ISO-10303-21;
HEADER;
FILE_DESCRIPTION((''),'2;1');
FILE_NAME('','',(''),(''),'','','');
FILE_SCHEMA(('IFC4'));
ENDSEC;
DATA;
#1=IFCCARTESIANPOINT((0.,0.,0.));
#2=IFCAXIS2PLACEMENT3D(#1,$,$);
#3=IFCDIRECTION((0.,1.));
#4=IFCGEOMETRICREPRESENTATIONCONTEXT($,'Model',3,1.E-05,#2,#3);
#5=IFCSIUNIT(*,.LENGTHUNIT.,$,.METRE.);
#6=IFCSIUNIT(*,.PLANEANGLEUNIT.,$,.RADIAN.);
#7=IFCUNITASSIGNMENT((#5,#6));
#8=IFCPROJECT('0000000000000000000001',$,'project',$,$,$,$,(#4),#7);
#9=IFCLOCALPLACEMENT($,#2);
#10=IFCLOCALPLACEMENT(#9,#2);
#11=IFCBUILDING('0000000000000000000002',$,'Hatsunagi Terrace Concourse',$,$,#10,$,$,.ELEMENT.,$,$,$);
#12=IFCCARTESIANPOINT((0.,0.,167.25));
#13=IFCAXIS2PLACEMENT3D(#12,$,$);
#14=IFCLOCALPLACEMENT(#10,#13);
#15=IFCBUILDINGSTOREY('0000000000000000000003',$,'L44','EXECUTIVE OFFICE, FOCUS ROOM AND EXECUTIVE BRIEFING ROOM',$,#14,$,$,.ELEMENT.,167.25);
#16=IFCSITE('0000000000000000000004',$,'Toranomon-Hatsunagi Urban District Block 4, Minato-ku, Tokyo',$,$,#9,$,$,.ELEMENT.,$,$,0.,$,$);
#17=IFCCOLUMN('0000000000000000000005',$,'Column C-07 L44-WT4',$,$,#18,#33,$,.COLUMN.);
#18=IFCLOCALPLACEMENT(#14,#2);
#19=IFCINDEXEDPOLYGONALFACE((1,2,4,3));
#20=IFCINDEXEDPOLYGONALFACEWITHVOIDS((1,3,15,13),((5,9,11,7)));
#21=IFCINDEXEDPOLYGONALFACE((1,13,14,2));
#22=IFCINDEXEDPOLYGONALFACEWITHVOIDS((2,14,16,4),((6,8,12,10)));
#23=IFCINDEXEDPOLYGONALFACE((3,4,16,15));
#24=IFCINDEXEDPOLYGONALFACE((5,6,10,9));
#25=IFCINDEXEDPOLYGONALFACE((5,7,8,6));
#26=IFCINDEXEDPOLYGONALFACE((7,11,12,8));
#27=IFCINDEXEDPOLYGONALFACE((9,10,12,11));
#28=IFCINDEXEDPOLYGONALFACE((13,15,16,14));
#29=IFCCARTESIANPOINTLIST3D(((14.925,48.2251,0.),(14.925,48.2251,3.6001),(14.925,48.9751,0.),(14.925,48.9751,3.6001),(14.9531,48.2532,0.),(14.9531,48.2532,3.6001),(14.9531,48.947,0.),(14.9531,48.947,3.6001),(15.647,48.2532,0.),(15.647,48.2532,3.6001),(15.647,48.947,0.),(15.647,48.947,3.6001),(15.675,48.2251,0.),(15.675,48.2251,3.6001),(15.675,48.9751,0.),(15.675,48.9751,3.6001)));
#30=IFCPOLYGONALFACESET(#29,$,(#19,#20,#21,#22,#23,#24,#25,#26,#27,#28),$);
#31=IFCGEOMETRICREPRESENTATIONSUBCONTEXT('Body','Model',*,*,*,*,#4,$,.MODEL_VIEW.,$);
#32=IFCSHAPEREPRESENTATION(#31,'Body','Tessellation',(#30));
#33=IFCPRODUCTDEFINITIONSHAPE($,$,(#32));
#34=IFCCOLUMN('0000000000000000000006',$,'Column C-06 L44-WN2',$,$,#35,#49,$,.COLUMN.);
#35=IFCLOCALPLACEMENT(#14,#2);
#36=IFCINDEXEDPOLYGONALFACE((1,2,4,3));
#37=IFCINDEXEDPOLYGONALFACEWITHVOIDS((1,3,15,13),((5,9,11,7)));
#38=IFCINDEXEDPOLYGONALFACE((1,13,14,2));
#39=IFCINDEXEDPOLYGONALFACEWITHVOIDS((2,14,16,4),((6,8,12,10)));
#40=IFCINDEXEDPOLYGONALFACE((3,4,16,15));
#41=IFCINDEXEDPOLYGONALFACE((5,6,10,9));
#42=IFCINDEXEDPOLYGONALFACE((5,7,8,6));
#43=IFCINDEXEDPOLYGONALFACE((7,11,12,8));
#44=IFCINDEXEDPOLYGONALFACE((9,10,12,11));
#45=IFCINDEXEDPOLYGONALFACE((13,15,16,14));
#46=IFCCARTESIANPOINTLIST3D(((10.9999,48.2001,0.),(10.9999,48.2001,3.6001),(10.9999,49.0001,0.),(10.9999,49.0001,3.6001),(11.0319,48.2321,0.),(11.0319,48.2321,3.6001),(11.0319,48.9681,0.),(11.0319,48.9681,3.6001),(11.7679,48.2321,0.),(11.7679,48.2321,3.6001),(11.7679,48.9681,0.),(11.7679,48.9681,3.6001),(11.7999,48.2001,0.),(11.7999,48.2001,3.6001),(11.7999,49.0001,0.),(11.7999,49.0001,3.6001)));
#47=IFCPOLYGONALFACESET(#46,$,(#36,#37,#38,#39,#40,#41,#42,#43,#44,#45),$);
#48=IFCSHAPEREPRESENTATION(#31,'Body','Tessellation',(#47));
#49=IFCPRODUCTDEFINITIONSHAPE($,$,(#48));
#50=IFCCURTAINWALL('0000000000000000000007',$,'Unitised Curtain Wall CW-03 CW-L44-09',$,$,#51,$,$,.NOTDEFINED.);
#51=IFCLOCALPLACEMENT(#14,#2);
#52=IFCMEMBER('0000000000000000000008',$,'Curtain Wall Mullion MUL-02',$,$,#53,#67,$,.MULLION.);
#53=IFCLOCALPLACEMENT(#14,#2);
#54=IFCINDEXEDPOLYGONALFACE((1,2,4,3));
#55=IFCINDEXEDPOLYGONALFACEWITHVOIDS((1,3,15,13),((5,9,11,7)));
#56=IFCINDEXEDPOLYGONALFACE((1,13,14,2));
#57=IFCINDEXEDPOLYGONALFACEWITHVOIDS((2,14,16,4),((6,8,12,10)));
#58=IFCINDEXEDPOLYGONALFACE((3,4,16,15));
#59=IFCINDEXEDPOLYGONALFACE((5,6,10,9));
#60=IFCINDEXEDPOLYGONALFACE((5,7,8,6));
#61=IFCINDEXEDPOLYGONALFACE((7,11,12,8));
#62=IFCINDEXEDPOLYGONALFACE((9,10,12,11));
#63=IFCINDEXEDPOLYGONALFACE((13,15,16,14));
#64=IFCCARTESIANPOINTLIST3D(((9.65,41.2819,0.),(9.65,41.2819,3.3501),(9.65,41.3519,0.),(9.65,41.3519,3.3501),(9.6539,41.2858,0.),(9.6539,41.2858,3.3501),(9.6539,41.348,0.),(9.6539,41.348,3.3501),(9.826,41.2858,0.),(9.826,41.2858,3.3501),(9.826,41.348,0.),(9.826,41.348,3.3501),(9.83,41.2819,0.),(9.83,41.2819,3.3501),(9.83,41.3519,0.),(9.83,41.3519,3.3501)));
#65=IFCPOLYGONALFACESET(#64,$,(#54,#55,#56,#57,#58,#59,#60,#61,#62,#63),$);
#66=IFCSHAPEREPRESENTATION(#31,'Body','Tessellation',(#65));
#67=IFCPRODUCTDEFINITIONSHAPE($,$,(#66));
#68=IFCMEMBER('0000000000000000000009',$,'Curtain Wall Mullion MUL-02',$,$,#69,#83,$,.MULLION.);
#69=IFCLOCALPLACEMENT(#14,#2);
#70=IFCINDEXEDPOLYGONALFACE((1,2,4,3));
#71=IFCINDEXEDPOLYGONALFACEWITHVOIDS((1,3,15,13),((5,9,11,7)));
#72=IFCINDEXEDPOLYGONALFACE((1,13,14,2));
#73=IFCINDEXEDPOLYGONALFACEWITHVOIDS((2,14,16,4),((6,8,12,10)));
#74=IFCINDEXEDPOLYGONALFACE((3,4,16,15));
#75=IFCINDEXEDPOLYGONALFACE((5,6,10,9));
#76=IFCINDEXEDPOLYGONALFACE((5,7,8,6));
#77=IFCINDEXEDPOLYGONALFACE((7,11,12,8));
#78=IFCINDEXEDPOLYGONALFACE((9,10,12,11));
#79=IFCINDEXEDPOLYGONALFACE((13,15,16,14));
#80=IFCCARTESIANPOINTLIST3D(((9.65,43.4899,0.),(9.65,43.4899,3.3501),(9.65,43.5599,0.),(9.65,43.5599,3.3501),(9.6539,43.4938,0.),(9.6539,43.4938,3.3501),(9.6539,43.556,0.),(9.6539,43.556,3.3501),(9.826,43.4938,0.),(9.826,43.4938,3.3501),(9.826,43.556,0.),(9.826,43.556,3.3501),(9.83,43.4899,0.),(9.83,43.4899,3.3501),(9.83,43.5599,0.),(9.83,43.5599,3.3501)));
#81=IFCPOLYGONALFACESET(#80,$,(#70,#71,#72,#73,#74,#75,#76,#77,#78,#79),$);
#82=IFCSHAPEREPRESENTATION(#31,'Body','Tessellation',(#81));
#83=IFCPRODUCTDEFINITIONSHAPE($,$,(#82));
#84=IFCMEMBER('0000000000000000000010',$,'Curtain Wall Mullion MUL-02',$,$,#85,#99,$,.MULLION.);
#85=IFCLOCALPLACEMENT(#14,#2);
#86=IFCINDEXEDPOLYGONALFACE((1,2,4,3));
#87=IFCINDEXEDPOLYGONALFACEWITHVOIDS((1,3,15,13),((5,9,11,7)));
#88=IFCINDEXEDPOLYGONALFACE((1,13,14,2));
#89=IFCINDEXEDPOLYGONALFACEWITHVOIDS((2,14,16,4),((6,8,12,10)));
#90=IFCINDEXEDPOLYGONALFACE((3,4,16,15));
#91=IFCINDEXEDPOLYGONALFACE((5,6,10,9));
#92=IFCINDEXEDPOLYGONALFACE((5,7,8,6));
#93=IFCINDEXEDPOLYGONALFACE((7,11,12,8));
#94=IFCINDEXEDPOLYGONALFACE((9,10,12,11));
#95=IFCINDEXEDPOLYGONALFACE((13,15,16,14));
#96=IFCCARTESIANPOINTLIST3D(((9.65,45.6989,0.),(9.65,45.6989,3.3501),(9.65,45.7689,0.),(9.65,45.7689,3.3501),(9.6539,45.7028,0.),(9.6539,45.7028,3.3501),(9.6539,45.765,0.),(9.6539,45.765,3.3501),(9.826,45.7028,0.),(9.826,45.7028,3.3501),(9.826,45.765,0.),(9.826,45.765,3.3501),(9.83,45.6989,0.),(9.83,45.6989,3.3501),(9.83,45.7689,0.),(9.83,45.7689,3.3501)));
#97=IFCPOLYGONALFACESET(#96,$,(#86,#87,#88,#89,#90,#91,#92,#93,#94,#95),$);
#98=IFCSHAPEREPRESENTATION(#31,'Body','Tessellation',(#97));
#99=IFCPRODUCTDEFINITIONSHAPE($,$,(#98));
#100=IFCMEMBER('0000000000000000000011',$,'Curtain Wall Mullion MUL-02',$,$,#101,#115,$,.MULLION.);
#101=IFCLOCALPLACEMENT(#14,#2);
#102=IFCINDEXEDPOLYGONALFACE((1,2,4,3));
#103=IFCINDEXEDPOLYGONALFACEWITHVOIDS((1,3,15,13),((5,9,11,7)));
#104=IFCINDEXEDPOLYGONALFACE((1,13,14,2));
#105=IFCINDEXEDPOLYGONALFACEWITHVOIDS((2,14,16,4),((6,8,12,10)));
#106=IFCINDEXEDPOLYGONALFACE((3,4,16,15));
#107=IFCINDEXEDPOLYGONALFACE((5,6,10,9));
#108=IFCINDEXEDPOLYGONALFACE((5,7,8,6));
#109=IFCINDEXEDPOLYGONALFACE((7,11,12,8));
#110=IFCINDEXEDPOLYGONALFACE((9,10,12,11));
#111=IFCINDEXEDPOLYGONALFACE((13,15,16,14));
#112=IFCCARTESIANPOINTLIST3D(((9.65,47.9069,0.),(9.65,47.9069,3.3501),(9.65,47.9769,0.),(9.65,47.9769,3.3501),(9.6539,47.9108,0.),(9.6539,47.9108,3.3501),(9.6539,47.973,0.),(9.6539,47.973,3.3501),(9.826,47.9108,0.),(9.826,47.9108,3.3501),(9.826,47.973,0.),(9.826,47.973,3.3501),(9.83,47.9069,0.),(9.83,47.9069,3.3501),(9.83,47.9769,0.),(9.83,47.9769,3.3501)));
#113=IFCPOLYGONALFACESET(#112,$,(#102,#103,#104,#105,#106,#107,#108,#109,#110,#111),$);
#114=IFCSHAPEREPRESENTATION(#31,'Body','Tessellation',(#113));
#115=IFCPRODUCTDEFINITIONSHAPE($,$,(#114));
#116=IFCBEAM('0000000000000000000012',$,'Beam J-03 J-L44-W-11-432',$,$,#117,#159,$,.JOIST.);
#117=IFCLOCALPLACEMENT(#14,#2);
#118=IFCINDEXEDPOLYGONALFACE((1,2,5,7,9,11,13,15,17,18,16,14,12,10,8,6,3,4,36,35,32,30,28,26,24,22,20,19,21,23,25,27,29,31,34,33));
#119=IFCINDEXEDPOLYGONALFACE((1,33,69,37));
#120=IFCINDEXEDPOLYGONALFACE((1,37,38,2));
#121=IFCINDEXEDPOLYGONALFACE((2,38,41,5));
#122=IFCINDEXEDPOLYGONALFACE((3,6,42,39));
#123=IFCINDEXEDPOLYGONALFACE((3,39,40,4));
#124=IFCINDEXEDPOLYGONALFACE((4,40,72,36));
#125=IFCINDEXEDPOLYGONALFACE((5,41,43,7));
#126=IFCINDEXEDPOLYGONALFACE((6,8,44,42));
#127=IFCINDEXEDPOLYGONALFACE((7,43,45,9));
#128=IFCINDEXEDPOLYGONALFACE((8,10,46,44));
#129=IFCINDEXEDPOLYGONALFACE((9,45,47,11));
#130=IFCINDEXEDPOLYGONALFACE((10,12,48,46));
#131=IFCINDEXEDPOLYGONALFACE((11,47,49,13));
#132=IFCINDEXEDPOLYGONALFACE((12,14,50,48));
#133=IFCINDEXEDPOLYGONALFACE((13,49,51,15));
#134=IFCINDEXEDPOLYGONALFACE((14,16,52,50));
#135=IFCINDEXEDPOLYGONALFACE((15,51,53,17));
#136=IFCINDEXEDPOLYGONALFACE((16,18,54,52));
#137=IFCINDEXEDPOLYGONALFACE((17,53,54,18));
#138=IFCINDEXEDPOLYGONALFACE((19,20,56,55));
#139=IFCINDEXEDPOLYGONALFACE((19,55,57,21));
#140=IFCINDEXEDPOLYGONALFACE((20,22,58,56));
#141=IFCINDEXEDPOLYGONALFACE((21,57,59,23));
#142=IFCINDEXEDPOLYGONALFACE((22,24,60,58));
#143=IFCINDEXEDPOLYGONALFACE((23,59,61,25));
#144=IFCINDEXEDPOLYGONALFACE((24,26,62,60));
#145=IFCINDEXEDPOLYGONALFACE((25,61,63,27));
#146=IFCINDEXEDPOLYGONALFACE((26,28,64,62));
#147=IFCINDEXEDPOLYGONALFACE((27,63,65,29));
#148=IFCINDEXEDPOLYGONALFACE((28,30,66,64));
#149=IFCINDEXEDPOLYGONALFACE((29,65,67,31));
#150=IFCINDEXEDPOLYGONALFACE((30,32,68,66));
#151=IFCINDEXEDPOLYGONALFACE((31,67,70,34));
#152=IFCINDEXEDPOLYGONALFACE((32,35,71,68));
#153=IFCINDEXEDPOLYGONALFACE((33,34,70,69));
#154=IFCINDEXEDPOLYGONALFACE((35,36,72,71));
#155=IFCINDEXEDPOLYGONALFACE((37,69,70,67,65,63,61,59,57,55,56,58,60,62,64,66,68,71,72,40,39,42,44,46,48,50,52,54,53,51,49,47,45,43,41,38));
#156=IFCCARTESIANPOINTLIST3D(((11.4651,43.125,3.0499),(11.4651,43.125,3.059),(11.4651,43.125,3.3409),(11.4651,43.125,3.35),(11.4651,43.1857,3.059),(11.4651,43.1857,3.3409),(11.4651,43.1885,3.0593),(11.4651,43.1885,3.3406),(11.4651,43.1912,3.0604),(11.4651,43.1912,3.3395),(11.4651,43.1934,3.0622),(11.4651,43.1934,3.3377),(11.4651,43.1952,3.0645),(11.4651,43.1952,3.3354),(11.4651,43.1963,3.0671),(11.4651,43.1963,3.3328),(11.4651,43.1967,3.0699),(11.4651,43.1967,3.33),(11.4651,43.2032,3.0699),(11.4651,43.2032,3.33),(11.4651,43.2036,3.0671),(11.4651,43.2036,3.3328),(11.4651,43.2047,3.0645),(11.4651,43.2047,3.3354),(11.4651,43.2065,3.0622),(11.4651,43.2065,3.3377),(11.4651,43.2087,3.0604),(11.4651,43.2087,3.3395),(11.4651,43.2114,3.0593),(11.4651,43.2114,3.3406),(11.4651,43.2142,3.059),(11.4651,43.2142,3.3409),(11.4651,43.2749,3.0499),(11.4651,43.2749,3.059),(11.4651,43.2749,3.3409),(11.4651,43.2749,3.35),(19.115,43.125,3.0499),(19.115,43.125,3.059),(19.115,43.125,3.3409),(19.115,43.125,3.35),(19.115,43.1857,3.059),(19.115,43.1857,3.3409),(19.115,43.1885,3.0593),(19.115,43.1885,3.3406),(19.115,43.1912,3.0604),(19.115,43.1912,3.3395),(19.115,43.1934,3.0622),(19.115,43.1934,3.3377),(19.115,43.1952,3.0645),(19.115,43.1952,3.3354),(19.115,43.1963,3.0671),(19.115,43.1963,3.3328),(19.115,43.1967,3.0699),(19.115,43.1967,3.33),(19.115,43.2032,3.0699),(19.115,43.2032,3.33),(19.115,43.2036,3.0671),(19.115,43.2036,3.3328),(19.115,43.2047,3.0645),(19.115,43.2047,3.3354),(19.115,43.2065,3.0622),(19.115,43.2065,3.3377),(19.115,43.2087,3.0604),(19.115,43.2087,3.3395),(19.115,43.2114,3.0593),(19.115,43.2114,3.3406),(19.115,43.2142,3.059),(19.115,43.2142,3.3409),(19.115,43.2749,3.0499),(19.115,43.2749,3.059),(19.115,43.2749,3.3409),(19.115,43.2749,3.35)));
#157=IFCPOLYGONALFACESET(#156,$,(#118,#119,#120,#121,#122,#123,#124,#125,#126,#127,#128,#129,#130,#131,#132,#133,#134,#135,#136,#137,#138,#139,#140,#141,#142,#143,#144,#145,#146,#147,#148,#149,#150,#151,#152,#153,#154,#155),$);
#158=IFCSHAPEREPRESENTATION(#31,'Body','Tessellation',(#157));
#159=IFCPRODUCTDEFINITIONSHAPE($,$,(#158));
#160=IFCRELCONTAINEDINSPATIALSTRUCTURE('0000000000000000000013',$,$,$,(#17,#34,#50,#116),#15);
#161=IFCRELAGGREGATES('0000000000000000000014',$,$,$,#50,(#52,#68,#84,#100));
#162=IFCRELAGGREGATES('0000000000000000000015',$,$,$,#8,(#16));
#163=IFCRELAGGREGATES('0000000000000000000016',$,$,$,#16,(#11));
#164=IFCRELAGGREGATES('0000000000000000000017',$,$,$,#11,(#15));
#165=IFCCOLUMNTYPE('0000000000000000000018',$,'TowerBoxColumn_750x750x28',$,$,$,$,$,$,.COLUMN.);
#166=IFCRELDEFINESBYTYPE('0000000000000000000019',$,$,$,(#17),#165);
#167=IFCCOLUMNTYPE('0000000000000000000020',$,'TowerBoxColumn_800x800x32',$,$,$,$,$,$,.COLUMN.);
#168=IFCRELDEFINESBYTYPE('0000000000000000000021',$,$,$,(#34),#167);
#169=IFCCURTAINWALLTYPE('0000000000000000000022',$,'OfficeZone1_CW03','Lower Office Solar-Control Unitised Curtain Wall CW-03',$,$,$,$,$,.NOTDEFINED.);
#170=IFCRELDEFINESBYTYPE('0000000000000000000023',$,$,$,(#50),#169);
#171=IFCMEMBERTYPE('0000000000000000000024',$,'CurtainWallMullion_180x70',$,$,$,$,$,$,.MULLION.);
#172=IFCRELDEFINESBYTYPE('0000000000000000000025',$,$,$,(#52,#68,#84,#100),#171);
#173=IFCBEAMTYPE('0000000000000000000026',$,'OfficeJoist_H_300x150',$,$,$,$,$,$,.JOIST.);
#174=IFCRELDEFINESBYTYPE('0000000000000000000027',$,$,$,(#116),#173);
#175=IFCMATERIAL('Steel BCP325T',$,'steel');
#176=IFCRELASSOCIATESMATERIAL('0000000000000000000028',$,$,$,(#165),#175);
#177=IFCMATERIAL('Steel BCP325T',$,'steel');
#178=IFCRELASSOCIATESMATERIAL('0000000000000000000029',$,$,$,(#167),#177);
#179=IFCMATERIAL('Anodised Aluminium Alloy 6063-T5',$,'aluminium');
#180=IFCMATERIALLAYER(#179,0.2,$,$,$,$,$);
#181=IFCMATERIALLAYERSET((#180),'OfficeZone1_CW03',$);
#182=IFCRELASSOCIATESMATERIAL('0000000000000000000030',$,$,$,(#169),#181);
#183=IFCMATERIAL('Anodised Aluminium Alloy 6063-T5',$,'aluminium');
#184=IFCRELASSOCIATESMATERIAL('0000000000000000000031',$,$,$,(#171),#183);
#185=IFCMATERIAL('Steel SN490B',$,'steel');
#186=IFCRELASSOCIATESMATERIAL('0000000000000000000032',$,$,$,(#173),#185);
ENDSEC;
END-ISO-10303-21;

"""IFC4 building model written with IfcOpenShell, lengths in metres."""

from ifc_helpers import new_model, si_unit, direction, frame, origin, origin_2d, place, context, subcontext, project, spatial, hollow_rectangle, i_section, extrude, material, layer, layer_set, material_profile, profile_set, type_object, element, aggregate, save


model = new_model("IFC4")

# Units and contexts
model_context = context("Model", 3, precision=1e-05, world=origin(), true_north=direction((0.0, 1.0)))
body_context = subcontext(model_context, "Body", "Model", "MODEL_VIEW")
ifc_project = project(units=[si_unit("LENGTHUNIT", "METRE"), si_unit("PLANEANGLEUNIT", "RADIAN")], contexts=[model_context])

# Site, building, storey
site_placement = place(None, origin())
site = spatial("IfcSite", under=ifc_project, at=site_placement, Name="Toranomon-Hatsunagi Urban District Block 4, Minato-ku, Tokyo", CompositionType="ELEMENT", RefElevation=0.0)
building_placement = place(site_placement, origin())
building = spatial("IfcBuilding", under=site, at=building_placement, Name="Hatsunagi Terrace Concourse", CompositionType="ELEMENT")
storey_placement = place(building_placement, frame((0.0, 0.0, 167.25)))
storey = spatial("IfcBuildingStorey", under=building, at=storey_placement, Name="L44", Description="EXECUTIVE OFFICE, FOCUS ROOM AND EXECUTIVE BRIEFING ROOM", CompositionType="ELEMENT", Elevation=167.25)

# Columns
ifc_material_1 = material(Name="Steel BCP325T", Category="steel")
ifc_material_profile_1 = material_profile(ifc_material_1, hollow_rectangle(XDim=0.75, YDim=0.75, WallThickness=0.0281, at=origin_2d()), Name="BCP-750x750x28")
ifc_profile_set_1 = profile_set([ifc_material_profile_1], Name="Steel BCP325T")
column_type_1 = type_object("IfcColumnType", Name="TowerBoxColumn_750x750x28", PredefinedType="COLUMN", material=ifc_profile_set_1)
column_1_placement = place(storey_placement, frame((15.3, 48.6001, 0.0), z_axis=(0.0, 0.0, 1.0), x_axis=(1.0, 0.0, 0.0)))
element("IfcColumn", 1, at=column_1_placement, inside=storey, type_object=column_type_1, Name="Column C-07 L44-WT4", PredefinedType="COLUMN", context=body_context, shape_type="SweptSolid", body=[
    extrude(hollow_rectangle(XDim=0.75, YDim=0.75, WallThickness=0.0281, at=origin_2d()), origin(), (0.0, 0.0, 1.0), 3.6001),
])
ifc_material_2 = material(Name="Steel BCP325T", Category="steel")
ifc_material_profile_2 = material_profile(ifc_material_2, hollow_rectangle(XDim=0.8, YDim=0.8, WallThickness=0.032, at=origin_2d()), Name="BCP-800x800x32")
ifc_profile_set_2 = profile_set([ifc_material_profile_2], Name="Steel BCP325T")
column_type_2 = type_object("IfcColumnType", Name="TowerBoxColumn_800x800x32", PredefinedType="COLUMN", material=ifc_profile_set_2)
column_2_placement = place(storey_placement, frame((11.3999, 48.6001, 0.0), z_axis=(0.0, 0.0, 1.0), x_axis=(1.0, 0.0, 0.0)))
element("IfcColumn", 2, at=column_2_placement, inside=storey, type_object=column_type_2, Name="Column C-06 L44-WN2", PredefinedType="COLUMN", context=body_context, shape_type="SweptSolid", body=[
    extrude(hollow_rectangle(XDim=0.8, YDim=0.8, WallThickness=0.032, at=origin_2d()), origin(), (0.0, 0.0, 1.0), 3.6001),
])

# Curtain wall, members
ifc_material_3 = material(Name="Anodised Aluminium Alloy 6063-T5", Category="aluminium")
ifc_layer_1 = layer(ifc_material_3, 0.2)
ifc_layer_set_1 = layer_set([ifc_layer_1], Name="OfficeZone1_CW03")
curtain_wall_type = type_object("IfcCurtainWallType", Name="OfficeZone1_CW03", Description="Lower Office Solar-Control Unitised Curtain Wall CW-03", PredefinedType="NOTDEFINED", material=ifc_layer_set_1)
curtain_wall_placement = place(storey_placement, origin())
curtain_wall = element("IfcCurtainWall", 3, at=curtain_wall_placement, inside=storey, type_object=curtain_wall_type, Name="Unitised Curtain Wall CW-03 CW-L44-09", PredefinedType="NOTDEFINED")
ifc_material_4 = material(Name="Anodised Aluminium Alloy 6063-T5", Category="aluminium")
ifc_material_profile_3 = material_profile(ifc_material_4, hollow_rectangle(XDim=0.0701, YDim=0.1799, WallThickness=0.0039, at=origin_2d()), Name="ALU-MUL-180x70x4")
ifc_profile_set_3 = profile_set([ifc_material_profile_3], Name="Anodised Aluminium Alloy 6063-T5")
member_type = type_object("IfcMemberType", Name="CurtainWallMullion_180x70", PredefinedType="MULLION", material=ifc_profile_set_3)
member_1_placement = place(storey_placement, frame((9.74, 41.3169, 0.0), z_axis=(0.0, 0.0, 1.0), x_axis=(0.0, 1.0, 0.0)))
member_1 = element("IfcMember", 4, at=member_1_placement, type_object=member_type, Name="Curtain Wall Mullion MUL-02", PredefinedType="MULLION", context=body_context, shape_type="SweptSolid", body=[
    extrude(hollow_rectangle(XDim=0.0701, YDim=0.1799, WallThickness=0.0039, at=origin_2d()), origin(), (0.0, 0.0, 1.0), 3.3501),
])
member_2_placement = place(storey_placement, frame((9.74, 43.5249, 0.0), z_axis=(0.0, 0.0, 1.0), x_axis=(0.0, 1.0, 0.0)))
member_2 = element("IfcMember", 5, at=member_2_placement, type_object=member_type, Name="Curtain Wall Mullion MUL-02", PredefinedType="MULLION", context=body_context, shape_type="SweptSolid", body=[
    extrude(hollow_rectangle(XDim=0.0701, YDim=0.1799, WallThickness=0.0039, at=origin_2d()), origin(), (0.0, 0.0, 1.0), 3.3501),
])
member_3_placement = place(storey_placement, frame((9.74, 45.7339, 0.0), z_axis=(0.0, 0.0, 1.0), x_axis=(0.0, 1.0, 0.0)))
member_3 = element("IfcMember", 6, at=member_3_placement, type_object=member_type, Name="Curtain Wall Mullion MUL-02", PredefinedType="MULLION", context=body_context, shape_type="SweptSolid", body=[
    extrude(hollow_rectangle(XDim=0.0701, YDim=0.1799, WallThickness=0.0039, at=origin_2d()), origin(), (0.0, 0.0, 1.0), 3.3501),
])
member_4_placement = place(storey_placement, frame((9.74, 47.9419, 0.0), z_axis=(0.0, 0.0, 1.0), x_axis=(0.0, 1.0, 0.0)))
member_4 = element("IfcMember", 7, at=member_4_placement, type_object=member_type, Name="Curtain Wall Mullion MUL-02", PredefinedType="MULLION", context=body_context, shape_type="SweptSolid", body=[
    extrude(hollow_rectangle(XDim=0.0701, YDim=0.1799, WallThickness=0.0039, at=origin_2d()), origin(), (0.0, 0.0, 1.0), 3.3501),
])

# Beam
ifc_material_5 = material(Name="Steel SN490B", Category="steel")
ifc_material_profile_4 = material_profile(ifc_material_5, i_section(OverallWidth=0.1499, OverallDepth=0.3, WebThickness=0.0066, FlangeThickness=0.009, FilletRadius=0.011, at=origin_2d()), Name="H-300x150x6.5x9")
ifc_profile_set_4 = profile_set([ifc_material_profile_4], Name="Steel SN490B")
beam_type_1 = type_object("IfcBeamType", Name="OfficeJoist_H_300x150", PredefinedType="JOIST", material=ifc_profile_set_4)
for number, where, z_axis, x_axis, name in (
    (8, (11.4651, 43.2, 3.2), (1.0, 0.0, 0.0), (0.0, 1.0, 0.0), "Beam J-03 J-L44-W-11-432"),
):
    element("IfcBeam", number, at=place(storey_placement, frame(where, z_axis=z_axis, x_axis=x_axis)), inside=storey, type_object=beam_type_1, Name=name, PredefinedType="JOIST", context=body_context, shape_type="SweptSolid", body=[
        extrude(i_section(OverallWidth=0.1499, OverallDepth=0.3, WebThickness=0.0066, FlangeThickness=0.009, FilletRadius=0.011, at=origin_2d()), origin(), (0.0, 0.0, 1.0), 7.6499),
    ])

aggregate(curtain_wall, [member_1, member_2, member_3, member_4])

save(model, "model.ifc")
